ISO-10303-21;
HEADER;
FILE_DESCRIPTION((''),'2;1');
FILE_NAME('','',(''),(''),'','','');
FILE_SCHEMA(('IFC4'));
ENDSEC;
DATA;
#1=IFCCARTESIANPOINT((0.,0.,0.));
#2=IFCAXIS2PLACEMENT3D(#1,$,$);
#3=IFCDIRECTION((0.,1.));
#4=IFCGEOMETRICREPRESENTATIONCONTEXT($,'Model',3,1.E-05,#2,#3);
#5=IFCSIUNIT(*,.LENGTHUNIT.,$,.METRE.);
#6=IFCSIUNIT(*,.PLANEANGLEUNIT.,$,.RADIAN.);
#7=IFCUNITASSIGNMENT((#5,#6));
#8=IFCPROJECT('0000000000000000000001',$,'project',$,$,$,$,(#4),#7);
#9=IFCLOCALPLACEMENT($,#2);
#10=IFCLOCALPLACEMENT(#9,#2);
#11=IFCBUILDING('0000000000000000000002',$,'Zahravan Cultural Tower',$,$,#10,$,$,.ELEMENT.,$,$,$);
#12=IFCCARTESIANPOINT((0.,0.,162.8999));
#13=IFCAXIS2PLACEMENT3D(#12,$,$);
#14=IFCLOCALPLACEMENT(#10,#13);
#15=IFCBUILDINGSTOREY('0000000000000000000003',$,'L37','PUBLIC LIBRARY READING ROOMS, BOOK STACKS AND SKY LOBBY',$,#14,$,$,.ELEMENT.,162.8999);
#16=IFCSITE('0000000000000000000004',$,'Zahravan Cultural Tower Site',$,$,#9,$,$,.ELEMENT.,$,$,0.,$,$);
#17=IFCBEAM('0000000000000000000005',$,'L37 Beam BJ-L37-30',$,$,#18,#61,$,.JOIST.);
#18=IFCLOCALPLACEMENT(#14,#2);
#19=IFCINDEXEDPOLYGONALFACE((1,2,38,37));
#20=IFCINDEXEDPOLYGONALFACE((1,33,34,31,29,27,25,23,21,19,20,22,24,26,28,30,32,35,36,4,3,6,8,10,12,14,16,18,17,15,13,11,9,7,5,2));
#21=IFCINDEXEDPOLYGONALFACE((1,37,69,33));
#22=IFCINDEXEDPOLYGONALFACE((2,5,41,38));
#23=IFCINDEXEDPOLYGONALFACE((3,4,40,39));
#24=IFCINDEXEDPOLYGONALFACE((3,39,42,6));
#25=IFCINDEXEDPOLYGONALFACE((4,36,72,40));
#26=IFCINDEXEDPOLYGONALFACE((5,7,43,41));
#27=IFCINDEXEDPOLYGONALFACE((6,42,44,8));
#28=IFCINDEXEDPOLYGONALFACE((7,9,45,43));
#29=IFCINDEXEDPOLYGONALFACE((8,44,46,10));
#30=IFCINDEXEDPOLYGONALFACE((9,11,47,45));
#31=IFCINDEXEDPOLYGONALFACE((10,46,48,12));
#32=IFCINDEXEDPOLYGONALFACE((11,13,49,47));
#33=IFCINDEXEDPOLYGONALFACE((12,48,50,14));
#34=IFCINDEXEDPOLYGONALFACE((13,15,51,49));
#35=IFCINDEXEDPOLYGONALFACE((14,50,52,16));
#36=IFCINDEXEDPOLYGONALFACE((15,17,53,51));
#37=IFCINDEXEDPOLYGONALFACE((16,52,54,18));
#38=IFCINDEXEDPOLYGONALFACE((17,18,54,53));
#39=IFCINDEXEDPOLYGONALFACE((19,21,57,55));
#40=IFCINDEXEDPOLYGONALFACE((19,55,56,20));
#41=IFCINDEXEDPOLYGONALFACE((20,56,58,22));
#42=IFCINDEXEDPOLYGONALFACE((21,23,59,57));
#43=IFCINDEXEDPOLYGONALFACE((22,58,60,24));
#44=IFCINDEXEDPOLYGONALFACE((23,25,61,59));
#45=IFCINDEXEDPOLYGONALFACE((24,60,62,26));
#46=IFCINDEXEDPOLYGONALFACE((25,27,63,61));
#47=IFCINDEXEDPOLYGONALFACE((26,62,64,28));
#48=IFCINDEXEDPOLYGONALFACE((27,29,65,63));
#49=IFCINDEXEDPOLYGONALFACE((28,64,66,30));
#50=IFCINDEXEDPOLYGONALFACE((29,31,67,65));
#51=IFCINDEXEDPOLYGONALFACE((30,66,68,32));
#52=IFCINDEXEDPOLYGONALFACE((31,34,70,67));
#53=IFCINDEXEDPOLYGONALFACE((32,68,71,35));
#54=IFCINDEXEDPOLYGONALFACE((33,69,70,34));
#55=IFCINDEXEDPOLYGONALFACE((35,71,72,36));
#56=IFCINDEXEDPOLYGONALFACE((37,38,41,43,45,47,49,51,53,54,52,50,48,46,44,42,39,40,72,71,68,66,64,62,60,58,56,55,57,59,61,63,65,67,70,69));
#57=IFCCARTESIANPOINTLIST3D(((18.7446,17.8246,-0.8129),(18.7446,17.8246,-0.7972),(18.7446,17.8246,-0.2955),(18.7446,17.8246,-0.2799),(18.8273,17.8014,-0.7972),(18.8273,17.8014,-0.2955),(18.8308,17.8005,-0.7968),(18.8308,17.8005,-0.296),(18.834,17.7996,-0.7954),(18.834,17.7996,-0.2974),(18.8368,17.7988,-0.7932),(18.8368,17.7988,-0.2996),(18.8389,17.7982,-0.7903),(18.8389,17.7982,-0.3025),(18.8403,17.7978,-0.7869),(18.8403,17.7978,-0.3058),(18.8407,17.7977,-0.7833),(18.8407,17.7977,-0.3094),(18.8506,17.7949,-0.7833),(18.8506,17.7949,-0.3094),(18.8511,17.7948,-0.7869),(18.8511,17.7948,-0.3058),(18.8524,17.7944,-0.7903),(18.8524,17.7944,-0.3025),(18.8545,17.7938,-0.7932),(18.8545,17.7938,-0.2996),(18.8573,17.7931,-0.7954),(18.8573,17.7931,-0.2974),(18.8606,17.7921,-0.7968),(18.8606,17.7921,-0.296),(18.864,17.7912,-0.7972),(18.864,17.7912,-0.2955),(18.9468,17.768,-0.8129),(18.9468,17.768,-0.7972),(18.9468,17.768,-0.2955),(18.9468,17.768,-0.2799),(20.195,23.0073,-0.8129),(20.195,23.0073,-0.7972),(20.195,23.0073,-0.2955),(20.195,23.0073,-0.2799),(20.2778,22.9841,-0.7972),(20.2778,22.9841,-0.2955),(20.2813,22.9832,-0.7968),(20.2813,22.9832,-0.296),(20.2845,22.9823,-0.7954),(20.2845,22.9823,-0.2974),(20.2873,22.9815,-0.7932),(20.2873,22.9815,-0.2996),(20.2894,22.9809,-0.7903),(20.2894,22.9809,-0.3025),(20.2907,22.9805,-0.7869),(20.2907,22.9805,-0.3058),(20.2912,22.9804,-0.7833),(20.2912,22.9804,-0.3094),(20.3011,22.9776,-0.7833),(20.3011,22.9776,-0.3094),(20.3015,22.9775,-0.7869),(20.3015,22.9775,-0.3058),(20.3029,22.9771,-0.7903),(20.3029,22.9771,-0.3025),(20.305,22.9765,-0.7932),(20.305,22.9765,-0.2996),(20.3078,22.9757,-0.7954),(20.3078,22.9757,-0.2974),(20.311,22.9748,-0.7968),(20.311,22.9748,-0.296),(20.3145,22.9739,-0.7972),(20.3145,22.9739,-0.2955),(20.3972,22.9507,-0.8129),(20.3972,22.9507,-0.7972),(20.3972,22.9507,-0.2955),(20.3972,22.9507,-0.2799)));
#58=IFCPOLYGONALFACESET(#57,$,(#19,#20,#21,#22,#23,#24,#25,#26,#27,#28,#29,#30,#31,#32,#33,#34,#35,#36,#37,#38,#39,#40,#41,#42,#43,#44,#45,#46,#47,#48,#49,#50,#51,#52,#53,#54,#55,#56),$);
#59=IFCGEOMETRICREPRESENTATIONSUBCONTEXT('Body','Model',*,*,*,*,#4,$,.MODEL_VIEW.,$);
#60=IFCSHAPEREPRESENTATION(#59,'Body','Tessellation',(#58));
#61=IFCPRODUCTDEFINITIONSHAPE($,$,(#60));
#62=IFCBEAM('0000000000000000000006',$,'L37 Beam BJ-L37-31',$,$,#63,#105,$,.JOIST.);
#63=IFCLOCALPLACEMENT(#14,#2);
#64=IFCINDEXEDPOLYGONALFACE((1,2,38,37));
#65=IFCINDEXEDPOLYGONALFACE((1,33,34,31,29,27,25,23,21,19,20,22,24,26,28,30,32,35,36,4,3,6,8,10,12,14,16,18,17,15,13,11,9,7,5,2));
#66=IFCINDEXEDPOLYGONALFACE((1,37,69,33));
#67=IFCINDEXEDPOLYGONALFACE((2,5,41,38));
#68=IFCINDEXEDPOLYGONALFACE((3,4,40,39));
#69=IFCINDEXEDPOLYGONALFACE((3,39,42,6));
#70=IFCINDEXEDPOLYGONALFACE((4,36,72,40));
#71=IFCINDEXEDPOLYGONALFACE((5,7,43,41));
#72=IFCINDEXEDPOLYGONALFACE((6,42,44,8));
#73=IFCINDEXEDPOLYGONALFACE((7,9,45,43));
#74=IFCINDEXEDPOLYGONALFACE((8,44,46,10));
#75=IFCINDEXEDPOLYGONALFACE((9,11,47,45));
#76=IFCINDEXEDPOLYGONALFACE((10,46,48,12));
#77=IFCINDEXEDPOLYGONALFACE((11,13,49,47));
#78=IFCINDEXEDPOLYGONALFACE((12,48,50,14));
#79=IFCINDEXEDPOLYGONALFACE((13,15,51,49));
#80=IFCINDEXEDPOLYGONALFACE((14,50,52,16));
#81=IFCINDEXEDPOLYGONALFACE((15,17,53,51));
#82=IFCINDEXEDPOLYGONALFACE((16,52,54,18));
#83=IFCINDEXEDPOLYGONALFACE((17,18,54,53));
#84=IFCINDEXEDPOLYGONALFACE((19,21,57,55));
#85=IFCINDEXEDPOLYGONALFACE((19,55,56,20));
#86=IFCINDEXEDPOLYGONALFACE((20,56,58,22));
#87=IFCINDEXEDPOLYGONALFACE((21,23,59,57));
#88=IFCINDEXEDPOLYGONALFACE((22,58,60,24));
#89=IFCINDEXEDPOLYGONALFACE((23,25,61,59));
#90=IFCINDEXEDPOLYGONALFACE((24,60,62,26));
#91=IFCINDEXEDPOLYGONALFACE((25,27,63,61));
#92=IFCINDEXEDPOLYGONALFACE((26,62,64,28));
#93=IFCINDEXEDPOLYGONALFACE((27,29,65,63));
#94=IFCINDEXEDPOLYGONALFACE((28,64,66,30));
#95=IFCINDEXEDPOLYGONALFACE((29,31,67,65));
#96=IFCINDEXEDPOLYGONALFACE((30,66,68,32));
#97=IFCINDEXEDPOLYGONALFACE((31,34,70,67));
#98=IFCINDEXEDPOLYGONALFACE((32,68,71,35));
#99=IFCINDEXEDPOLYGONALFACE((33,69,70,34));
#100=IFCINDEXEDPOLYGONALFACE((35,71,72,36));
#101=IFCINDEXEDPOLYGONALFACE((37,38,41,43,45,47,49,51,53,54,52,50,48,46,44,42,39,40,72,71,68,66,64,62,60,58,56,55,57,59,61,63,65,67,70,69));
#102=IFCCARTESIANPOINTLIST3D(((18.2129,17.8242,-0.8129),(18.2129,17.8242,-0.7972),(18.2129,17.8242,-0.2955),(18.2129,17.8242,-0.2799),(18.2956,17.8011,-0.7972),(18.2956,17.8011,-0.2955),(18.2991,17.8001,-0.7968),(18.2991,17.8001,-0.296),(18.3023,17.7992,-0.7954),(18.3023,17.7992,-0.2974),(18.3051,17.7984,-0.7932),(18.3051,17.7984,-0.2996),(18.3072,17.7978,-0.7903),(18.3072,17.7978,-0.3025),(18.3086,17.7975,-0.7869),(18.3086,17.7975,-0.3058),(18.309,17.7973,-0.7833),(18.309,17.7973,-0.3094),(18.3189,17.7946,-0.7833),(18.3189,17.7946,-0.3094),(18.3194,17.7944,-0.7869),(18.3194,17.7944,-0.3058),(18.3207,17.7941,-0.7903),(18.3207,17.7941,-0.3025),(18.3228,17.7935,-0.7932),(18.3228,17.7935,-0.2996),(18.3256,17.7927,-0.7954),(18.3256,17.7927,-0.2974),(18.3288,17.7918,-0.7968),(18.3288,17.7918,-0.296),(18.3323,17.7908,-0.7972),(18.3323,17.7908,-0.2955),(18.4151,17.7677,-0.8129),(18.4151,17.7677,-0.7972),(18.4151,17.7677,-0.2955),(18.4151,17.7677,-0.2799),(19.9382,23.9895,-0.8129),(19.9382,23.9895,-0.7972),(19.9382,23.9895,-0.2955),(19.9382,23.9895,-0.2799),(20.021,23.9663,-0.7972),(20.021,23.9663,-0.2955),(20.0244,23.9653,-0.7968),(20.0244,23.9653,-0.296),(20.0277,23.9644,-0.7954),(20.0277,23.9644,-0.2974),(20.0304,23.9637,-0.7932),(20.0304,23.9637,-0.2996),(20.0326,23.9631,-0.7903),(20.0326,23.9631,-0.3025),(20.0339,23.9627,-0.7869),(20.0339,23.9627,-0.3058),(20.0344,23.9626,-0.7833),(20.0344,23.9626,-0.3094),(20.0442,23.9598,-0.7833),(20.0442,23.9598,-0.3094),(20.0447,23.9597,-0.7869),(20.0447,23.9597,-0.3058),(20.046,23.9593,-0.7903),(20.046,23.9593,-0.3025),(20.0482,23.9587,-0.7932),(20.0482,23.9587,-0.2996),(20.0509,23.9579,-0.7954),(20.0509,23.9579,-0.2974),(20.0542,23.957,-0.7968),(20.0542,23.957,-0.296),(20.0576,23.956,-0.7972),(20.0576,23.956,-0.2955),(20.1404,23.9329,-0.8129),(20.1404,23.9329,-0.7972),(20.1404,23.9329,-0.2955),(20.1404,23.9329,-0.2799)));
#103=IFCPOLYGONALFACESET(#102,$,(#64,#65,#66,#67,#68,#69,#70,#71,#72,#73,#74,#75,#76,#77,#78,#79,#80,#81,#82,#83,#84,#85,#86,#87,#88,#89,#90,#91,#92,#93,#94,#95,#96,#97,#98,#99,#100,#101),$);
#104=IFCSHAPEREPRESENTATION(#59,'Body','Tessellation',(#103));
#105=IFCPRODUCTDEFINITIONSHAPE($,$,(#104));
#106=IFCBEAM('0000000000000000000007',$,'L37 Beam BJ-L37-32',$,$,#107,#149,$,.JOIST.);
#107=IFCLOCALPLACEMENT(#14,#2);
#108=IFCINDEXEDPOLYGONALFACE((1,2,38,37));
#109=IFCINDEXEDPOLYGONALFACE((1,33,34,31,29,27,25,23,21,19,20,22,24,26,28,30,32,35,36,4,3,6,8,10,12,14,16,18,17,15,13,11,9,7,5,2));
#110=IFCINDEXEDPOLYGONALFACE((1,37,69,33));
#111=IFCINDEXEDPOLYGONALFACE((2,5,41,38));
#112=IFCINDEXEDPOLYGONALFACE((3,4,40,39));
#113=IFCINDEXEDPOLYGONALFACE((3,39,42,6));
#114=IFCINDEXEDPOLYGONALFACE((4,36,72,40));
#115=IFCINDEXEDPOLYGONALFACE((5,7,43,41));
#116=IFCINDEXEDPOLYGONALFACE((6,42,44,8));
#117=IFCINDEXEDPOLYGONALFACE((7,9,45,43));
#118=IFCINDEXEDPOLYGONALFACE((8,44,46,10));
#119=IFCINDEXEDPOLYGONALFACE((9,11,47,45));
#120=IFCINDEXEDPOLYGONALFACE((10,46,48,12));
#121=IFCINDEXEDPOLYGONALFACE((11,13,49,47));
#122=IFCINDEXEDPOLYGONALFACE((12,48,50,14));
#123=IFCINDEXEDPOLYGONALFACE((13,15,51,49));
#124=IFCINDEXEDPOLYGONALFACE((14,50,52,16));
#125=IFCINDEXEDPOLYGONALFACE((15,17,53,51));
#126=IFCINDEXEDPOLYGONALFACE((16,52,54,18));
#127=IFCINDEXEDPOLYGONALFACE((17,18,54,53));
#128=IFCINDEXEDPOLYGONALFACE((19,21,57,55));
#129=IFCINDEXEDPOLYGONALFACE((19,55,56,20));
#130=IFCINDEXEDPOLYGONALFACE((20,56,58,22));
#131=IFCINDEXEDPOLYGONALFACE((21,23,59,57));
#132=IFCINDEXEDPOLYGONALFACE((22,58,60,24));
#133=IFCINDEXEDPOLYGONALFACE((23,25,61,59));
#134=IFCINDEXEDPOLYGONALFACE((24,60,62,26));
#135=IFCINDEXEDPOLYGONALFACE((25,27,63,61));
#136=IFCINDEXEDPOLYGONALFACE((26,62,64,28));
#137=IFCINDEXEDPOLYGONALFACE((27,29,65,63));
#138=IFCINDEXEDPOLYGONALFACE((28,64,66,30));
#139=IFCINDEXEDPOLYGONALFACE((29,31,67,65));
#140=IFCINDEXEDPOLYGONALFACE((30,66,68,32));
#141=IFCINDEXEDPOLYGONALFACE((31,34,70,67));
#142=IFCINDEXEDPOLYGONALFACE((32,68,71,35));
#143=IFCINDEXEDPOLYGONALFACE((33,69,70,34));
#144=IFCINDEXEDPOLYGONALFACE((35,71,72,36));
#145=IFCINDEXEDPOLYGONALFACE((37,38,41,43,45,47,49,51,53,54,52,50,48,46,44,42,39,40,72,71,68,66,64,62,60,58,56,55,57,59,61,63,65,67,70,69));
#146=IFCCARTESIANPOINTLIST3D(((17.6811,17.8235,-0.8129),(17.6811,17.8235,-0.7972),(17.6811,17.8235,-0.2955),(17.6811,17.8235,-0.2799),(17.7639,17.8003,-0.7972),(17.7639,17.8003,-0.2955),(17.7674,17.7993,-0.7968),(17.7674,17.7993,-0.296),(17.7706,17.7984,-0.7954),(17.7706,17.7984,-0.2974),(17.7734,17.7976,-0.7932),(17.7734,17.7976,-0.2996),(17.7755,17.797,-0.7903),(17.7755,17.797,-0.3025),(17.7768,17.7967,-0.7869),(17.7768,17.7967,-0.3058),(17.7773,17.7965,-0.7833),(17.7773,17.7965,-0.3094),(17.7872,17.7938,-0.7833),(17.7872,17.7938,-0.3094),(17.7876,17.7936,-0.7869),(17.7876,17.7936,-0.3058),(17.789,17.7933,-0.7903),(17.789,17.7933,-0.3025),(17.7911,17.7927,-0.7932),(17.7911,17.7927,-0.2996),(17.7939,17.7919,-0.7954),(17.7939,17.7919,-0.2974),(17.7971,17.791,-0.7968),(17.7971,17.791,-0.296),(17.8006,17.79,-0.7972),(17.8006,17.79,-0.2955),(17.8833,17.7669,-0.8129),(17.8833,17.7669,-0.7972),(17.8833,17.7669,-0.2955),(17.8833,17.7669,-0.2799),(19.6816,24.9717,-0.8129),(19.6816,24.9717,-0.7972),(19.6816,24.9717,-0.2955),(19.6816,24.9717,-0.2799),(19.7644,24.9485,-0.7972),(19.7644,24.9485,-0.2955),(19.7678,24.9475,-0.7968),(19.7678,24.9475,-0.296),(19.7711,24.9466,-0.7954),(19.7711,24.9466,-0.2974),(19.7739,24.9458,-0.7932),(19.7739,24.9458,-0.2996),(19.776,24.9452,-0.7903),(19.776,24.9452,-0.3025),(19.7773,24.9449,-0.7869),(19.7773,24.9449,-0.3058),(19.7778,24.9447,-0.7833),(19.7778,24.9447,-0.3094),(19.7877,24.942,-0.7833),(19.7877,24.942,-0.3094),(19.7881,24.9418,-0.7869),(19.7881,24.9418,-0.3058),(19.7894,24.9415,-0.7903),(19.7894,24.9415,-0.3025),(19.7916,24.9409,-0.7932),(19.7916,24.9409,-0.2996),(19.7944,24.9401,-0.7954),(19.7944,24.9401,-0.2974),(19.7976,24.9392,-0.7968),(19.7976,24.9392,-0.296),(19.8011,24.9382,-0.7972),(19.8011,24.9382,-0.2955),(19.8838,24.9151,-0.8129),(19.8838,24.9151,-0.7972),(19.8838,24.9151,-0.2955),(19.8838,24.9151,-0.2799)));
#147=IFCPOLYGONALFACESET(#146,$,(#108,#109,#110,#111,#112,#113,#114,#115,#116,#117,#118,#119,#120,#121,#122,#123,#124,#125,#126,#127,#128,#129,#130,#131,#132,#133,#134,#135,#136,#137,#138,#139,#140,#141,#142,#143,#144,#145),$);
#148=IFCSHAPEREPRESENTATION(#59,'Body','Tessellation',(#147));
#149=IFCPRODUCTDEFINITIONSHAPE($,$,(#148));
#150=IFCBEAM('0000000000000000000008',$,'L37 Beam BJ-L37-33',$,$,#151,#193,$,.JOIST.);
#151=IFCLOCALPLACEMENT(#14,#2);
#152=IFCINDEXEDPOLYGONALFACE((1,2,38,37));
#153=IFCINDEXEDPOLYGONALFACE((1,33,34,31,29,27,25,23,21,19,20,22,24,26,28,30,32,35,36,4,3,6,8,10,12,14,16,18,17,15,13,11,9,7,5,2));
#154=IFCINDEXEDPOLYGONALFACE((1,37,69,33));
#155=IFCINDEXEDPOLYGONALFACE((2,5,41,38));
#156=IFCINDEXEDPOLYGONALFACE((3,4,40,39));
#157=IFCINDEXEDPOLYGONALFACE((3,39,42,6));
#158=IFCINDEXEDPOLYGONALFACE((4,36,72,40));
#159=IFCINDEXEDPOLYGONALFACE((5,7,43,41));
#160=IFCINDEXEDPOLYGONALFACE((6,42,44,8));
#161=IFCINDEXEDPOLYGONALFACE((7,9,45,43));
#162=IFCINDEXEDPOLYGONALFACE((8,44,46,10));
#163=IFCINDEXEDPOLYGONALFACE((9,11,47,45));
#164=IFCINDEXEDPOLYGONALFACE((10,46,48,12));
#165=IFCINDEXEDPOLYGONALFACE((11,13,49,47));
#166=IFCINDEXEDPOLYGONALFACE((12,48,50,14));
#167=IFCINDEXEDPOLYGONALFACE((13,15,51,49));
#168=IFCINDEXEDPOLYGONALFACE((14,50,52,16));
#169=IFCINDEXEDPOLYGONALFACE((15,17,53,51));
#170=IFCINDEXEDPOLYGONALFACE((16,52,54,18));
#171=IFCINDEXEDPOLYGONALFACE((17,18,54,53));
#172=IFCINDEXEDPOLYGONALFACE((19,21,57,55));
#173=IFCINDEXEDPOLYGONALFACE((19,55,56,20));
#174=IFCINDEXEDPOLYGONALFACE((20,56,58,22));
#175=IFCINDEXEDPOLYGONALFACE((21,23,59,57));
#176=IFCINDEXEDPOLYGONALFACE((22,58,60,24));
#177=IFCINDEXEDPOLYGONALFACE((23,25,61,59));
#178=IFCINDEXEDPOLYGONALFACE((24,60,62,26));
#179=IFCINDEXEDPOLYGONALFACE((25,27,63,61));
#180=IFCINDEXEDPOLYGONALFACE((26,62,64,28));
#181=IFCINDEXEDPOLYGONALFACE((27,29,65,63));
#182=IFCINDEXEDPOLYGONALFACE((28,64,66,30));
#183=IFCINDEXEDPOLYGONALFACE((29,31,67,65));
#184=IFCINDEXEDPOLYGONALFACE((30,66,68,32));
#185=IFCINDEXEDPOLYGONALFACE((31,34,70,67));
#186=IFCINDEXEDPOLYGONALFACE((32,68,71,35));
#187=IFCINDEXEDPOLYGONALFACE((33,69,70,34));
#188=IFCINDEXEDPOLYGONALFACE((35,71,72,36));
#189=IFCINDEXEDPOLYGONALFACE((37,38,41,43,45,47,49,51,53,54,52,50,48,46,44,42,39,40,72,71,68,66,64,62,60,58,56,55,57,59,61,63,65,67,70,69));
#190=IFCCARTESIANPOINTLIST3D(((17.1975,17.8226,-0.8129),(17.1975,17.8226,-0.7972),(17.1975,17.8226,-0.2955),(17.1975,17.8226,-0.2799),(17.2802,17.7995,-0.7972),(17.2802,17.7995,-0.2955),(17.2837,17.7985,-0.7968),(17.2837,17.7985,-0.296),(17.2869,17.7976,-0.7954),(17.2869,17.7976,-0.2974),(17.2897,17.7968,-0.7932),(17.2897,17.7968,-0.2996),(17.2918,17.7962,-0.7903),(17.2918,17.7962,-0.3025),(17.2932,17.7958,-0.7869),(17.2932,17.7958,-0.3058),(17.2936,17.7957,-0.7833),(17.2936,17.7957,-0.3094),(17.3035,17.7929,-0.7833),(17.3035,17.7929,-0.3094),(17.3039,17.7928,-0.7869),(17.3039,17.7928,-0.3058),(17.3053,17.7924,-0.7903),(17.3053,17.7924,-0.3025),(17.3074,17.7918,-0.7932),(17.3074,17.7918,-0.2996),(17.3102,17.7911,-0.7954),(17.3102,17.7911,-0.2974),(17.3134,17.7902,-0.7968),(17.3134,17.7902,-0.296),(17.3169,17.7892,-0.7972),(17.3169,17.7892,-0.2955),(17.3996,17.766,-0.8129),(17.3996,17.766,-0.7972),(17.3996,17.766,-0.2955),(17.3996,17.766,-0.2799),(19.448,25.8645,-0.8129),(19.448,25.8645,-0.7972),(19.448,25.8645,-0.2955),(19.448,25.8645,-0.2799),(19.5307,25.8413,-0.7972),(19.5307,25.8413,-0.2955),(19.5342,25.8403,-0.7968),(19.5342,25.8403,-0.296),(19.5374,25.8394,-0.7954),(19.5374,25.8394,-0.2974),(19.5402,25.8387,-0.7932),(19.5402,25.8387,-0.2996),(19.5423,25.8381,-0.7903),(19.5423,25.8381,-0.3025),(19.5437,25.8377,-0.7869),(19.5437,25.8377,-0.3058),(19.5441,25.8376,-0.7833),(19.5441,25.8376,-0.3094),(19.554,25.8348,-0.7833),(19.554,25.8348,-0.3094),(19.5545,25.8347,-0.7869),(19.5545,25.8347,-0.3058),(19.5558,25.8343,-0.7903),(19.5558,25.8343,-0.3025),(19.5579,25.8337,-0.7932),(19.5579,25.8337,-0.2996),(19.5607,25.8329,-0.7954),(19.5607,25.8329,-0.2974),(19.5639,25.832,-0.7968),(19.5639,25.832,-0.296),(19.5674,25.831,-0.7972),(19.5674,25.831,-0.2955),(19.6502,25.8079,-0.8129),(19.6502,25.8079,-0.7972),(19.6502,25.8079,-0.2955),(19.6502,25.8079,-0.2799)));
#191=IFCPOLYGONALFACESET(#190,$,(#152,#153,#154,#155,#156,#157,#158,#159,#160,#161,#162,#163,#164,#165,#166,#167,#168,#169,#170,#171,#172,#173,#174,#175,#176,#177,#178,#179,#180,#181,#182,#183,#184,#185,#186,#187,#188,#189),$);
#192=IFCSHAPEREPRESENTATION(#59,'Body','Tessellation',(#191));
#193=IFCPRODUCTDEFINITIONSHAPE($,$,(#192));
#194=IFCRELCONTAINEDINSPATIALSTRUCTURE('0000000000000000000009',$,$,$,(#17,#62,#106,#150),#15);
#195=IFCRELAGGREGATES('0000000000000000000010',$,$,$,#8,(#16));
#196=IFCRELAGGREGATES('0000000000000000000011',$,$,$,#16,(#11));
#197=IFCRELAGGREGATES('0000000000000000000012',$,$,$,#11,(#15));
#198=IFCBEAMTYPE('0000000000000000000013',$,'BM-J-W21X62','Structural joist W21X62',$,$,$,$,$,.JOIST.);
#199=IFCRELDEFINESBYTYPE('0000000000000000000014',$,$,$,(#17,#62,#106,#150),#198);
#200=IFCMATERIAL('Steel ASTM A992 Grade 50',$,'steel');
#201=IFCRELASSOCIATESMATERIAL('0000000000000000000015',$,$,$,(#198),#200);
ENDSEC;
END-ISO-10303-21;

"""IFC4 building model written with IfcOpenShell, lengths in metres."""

from ifc_helpers import new_model, si_unit, direction, frame, origin, origin_2d, place, context, subcontext, project, spatial, i_section, extrude, source, transform, mapped, material, material_profile, profile_set, type_object, element, save


model = new_model("IFC4")

# Units and contexts
model_context = context("Model", 3, precision=1e-05, world=origin(), true_north=direction((0.0, 1.0)))
body_context = subcontext(model_context, "Body", "Model", "MODEL_VIEW")
ifc_project = project(units=[si_unit("LENGTHUNIT", "METRE"), si_unit("PLANEANGLEUNIT", "RADIAN")], contexts=[model_context])

# Site, building, storey
site_placement = place(None, origin())
site = spatial("IfcSite", under=ifc_project, at=site_placement, Name="Zahravan Cultural Tower Site", CompositionType="ELEMENT", RefElevation=0.0)
building_placement = place(site_placement, origin())
building = spatial("IfcBuilding", under=site, at=building_placement, Name="Zahravan Cultural Tower", CompositionType="ELEMENT")
storey_placement = place(building_placement, frame((0.0, 0.0, 162.8999)))
storey = spatial("IfcBuildingStorey", under=building, at=storey_placement, Name="L37", Description="PUBLIC LIBRARY READING ROOMS, BOOK STACKS AND SKY LOBBY", CompositionType="ELEMENT", Elevation=162.8999)

# Shared definitions
ifc_material_1 = material(Name="Steel ASTM A992 Grade 50", Category="steel")

# Beams
ifc_material_profile_1 = material_profile(ifc_material_1, i_section(OverallWidth=0.21, OverallDepth=0.533, WebThickness=0.0103, FlangeThickness=0.0156, FilletRadius=0.0139, at=origin_2d()), Name="W21X62")
ifc_profile_set_1 = profile_set([ifc_material_profile_1], Name="Steel ASTM A992 Grade 50")
beam_type_1 = type_object("IfcBeamType", Name="BM-J-W21X62", Description="Structural joist W21X62", PredefinedType="JOIST", material=ifc_profile_set_1)
shared_shape_1 = source(origin(), body_context, "Body", "SweptSolid", [
    extrude(i_section(OverallWidth=0.21, OverallDepth=0.533, WebThickness=0.0103, FlangeThickness=0.0156, FilletRadius=0.0139, at=origin_2d()), origin(), (0.0, 0.0, 1.0), 5.3818),
])
beam_1_placement = place(storey_placement, frame((20.2961, 22.979, -0.5464), z_axis=(-0.26951, -0.962997, 0.0), x_axis=(0.962997, -0.26951, 0.0)))
element("IfcBeam", 1, at=beam_1_placement, inside=storey, type_object=beam_type_1, Name="L37 Beam BJ-L37-30", PredefinedType="JOIST", context=body_context, shape_type="MappedRepresentation", body=[
    mapped(shared_shape_1, transform((0.0, 0.0, 0.0), x_axis=(1.0, 0.0, 0.0), y_axis=(0.0, 1.0, 0.0), z_axis=(0.0, 0.0, 1.0), scale=1.0)),
])
shared_shape_2 = source(origin(), body_context, "Body", "SweptSolid", [
    extrude(i_section(OverallWidth=0.21, OverallDepth=0.533, WebThickness=0.0103, FlangeThickness=0.0156, FilletRadius=0.0139, at=origin_2d()), origin(), (0.0, 0.0, 1.0), 6.4021),
])
beam_2_placement = place(storey_placement, frame((20.0393, 23.9612, -0.5464), z_axis=(-0.269494, -0.963002, 0.0), x_axis=(0.963002, -0.269494, 0.0)))
element("IfcBeam", 2, at=beam_2_placement, inside=storey, type_object=beam_type_1, Name="L37 Beam BJ-L37-31", PredefinedType="JOIST", context=body_context, shape_type="MappedRepresentation", body=[
    mapped(shared_shape_2, transform((0.0, 0.0, 0.0), x_axis=(1.0, 0.0, 0.0), y_axis=(0.0, 1.0, 0.0), z_axis=(0.0, 0.0, 1.0), scale=1.0)),
])
shared_shape_3 = source(origin(), body_context, "Body", "SweptSolid", [
    extrude(i_section(OverallWidth=0.21, OverallDepth=0.533, WebThickness=0.0103, FlangeThickness=0.0156, FilletRadius=0.0139, at=origin_2d()), origin(), (0.0, 0.0, 1.0), 7.4229),
])
beam_3_placement = place(storey_placement, frame((19.7827, 24.9434, -0.5464), z_axis=(-0.269504, -0.962999, 0.0), x_axis=(0.962999, -0.269504, 0.0)))
element("IfcBeam", 3, at=beam_3_placement, inside=storey, type_object=beam_type_1, Name="L37 Beam BJ-L37-32", PredefinedType="JOIST", context=body_context, shape_type="MappedRepresentation", body=[
    mapped(shared_shape_3, transform((0.0, 0.0, 0.0), x_axis=(1.0, 0.0, 0.0), y_axis=(0.0, 1.0, 0.0), z_axis=(0.0, 0.0, 1.0), scale=1.0)),
])
shared_shape_4 = source(origin(), body_context, "Body", "SweptSolid", [
    extrude(i_section(OverallWidth=0.21, OverallDepth=0.533, WebThickness=0.0103, FlangeThickness=0.0156, FilletRadius=0.0139, at=origin_2d()), origin(), (0.0, 0.0, 1.0), 8.3508),
])
beam_4_placement = place(storey_placement, frame((19.5491, 25.8362, -0.5464), z_axis=(-0.269497, -0.963001, 0.0), x_axis=(0.963001, -0.269497, 0.0)))
element("IfcBeam", 4, at=beam_4_placement, inside=storey, type_object=beam_type_1, Name="L37 Beam BJ-L37-33", PredefinedType="JOIST", context=body_context, shape_type="MappedRepresentation", body=[
    mapped(shared_shape_4, transform((0.0, 0.0, 0.0), x_axis=(1.0, 0.0, 0.0), y_axis=(0.0, 1.0, 0.0), z_axis=(0.0, 0.0, 1.0), scale=1.0)),
])

save(model, "model.ifc")
